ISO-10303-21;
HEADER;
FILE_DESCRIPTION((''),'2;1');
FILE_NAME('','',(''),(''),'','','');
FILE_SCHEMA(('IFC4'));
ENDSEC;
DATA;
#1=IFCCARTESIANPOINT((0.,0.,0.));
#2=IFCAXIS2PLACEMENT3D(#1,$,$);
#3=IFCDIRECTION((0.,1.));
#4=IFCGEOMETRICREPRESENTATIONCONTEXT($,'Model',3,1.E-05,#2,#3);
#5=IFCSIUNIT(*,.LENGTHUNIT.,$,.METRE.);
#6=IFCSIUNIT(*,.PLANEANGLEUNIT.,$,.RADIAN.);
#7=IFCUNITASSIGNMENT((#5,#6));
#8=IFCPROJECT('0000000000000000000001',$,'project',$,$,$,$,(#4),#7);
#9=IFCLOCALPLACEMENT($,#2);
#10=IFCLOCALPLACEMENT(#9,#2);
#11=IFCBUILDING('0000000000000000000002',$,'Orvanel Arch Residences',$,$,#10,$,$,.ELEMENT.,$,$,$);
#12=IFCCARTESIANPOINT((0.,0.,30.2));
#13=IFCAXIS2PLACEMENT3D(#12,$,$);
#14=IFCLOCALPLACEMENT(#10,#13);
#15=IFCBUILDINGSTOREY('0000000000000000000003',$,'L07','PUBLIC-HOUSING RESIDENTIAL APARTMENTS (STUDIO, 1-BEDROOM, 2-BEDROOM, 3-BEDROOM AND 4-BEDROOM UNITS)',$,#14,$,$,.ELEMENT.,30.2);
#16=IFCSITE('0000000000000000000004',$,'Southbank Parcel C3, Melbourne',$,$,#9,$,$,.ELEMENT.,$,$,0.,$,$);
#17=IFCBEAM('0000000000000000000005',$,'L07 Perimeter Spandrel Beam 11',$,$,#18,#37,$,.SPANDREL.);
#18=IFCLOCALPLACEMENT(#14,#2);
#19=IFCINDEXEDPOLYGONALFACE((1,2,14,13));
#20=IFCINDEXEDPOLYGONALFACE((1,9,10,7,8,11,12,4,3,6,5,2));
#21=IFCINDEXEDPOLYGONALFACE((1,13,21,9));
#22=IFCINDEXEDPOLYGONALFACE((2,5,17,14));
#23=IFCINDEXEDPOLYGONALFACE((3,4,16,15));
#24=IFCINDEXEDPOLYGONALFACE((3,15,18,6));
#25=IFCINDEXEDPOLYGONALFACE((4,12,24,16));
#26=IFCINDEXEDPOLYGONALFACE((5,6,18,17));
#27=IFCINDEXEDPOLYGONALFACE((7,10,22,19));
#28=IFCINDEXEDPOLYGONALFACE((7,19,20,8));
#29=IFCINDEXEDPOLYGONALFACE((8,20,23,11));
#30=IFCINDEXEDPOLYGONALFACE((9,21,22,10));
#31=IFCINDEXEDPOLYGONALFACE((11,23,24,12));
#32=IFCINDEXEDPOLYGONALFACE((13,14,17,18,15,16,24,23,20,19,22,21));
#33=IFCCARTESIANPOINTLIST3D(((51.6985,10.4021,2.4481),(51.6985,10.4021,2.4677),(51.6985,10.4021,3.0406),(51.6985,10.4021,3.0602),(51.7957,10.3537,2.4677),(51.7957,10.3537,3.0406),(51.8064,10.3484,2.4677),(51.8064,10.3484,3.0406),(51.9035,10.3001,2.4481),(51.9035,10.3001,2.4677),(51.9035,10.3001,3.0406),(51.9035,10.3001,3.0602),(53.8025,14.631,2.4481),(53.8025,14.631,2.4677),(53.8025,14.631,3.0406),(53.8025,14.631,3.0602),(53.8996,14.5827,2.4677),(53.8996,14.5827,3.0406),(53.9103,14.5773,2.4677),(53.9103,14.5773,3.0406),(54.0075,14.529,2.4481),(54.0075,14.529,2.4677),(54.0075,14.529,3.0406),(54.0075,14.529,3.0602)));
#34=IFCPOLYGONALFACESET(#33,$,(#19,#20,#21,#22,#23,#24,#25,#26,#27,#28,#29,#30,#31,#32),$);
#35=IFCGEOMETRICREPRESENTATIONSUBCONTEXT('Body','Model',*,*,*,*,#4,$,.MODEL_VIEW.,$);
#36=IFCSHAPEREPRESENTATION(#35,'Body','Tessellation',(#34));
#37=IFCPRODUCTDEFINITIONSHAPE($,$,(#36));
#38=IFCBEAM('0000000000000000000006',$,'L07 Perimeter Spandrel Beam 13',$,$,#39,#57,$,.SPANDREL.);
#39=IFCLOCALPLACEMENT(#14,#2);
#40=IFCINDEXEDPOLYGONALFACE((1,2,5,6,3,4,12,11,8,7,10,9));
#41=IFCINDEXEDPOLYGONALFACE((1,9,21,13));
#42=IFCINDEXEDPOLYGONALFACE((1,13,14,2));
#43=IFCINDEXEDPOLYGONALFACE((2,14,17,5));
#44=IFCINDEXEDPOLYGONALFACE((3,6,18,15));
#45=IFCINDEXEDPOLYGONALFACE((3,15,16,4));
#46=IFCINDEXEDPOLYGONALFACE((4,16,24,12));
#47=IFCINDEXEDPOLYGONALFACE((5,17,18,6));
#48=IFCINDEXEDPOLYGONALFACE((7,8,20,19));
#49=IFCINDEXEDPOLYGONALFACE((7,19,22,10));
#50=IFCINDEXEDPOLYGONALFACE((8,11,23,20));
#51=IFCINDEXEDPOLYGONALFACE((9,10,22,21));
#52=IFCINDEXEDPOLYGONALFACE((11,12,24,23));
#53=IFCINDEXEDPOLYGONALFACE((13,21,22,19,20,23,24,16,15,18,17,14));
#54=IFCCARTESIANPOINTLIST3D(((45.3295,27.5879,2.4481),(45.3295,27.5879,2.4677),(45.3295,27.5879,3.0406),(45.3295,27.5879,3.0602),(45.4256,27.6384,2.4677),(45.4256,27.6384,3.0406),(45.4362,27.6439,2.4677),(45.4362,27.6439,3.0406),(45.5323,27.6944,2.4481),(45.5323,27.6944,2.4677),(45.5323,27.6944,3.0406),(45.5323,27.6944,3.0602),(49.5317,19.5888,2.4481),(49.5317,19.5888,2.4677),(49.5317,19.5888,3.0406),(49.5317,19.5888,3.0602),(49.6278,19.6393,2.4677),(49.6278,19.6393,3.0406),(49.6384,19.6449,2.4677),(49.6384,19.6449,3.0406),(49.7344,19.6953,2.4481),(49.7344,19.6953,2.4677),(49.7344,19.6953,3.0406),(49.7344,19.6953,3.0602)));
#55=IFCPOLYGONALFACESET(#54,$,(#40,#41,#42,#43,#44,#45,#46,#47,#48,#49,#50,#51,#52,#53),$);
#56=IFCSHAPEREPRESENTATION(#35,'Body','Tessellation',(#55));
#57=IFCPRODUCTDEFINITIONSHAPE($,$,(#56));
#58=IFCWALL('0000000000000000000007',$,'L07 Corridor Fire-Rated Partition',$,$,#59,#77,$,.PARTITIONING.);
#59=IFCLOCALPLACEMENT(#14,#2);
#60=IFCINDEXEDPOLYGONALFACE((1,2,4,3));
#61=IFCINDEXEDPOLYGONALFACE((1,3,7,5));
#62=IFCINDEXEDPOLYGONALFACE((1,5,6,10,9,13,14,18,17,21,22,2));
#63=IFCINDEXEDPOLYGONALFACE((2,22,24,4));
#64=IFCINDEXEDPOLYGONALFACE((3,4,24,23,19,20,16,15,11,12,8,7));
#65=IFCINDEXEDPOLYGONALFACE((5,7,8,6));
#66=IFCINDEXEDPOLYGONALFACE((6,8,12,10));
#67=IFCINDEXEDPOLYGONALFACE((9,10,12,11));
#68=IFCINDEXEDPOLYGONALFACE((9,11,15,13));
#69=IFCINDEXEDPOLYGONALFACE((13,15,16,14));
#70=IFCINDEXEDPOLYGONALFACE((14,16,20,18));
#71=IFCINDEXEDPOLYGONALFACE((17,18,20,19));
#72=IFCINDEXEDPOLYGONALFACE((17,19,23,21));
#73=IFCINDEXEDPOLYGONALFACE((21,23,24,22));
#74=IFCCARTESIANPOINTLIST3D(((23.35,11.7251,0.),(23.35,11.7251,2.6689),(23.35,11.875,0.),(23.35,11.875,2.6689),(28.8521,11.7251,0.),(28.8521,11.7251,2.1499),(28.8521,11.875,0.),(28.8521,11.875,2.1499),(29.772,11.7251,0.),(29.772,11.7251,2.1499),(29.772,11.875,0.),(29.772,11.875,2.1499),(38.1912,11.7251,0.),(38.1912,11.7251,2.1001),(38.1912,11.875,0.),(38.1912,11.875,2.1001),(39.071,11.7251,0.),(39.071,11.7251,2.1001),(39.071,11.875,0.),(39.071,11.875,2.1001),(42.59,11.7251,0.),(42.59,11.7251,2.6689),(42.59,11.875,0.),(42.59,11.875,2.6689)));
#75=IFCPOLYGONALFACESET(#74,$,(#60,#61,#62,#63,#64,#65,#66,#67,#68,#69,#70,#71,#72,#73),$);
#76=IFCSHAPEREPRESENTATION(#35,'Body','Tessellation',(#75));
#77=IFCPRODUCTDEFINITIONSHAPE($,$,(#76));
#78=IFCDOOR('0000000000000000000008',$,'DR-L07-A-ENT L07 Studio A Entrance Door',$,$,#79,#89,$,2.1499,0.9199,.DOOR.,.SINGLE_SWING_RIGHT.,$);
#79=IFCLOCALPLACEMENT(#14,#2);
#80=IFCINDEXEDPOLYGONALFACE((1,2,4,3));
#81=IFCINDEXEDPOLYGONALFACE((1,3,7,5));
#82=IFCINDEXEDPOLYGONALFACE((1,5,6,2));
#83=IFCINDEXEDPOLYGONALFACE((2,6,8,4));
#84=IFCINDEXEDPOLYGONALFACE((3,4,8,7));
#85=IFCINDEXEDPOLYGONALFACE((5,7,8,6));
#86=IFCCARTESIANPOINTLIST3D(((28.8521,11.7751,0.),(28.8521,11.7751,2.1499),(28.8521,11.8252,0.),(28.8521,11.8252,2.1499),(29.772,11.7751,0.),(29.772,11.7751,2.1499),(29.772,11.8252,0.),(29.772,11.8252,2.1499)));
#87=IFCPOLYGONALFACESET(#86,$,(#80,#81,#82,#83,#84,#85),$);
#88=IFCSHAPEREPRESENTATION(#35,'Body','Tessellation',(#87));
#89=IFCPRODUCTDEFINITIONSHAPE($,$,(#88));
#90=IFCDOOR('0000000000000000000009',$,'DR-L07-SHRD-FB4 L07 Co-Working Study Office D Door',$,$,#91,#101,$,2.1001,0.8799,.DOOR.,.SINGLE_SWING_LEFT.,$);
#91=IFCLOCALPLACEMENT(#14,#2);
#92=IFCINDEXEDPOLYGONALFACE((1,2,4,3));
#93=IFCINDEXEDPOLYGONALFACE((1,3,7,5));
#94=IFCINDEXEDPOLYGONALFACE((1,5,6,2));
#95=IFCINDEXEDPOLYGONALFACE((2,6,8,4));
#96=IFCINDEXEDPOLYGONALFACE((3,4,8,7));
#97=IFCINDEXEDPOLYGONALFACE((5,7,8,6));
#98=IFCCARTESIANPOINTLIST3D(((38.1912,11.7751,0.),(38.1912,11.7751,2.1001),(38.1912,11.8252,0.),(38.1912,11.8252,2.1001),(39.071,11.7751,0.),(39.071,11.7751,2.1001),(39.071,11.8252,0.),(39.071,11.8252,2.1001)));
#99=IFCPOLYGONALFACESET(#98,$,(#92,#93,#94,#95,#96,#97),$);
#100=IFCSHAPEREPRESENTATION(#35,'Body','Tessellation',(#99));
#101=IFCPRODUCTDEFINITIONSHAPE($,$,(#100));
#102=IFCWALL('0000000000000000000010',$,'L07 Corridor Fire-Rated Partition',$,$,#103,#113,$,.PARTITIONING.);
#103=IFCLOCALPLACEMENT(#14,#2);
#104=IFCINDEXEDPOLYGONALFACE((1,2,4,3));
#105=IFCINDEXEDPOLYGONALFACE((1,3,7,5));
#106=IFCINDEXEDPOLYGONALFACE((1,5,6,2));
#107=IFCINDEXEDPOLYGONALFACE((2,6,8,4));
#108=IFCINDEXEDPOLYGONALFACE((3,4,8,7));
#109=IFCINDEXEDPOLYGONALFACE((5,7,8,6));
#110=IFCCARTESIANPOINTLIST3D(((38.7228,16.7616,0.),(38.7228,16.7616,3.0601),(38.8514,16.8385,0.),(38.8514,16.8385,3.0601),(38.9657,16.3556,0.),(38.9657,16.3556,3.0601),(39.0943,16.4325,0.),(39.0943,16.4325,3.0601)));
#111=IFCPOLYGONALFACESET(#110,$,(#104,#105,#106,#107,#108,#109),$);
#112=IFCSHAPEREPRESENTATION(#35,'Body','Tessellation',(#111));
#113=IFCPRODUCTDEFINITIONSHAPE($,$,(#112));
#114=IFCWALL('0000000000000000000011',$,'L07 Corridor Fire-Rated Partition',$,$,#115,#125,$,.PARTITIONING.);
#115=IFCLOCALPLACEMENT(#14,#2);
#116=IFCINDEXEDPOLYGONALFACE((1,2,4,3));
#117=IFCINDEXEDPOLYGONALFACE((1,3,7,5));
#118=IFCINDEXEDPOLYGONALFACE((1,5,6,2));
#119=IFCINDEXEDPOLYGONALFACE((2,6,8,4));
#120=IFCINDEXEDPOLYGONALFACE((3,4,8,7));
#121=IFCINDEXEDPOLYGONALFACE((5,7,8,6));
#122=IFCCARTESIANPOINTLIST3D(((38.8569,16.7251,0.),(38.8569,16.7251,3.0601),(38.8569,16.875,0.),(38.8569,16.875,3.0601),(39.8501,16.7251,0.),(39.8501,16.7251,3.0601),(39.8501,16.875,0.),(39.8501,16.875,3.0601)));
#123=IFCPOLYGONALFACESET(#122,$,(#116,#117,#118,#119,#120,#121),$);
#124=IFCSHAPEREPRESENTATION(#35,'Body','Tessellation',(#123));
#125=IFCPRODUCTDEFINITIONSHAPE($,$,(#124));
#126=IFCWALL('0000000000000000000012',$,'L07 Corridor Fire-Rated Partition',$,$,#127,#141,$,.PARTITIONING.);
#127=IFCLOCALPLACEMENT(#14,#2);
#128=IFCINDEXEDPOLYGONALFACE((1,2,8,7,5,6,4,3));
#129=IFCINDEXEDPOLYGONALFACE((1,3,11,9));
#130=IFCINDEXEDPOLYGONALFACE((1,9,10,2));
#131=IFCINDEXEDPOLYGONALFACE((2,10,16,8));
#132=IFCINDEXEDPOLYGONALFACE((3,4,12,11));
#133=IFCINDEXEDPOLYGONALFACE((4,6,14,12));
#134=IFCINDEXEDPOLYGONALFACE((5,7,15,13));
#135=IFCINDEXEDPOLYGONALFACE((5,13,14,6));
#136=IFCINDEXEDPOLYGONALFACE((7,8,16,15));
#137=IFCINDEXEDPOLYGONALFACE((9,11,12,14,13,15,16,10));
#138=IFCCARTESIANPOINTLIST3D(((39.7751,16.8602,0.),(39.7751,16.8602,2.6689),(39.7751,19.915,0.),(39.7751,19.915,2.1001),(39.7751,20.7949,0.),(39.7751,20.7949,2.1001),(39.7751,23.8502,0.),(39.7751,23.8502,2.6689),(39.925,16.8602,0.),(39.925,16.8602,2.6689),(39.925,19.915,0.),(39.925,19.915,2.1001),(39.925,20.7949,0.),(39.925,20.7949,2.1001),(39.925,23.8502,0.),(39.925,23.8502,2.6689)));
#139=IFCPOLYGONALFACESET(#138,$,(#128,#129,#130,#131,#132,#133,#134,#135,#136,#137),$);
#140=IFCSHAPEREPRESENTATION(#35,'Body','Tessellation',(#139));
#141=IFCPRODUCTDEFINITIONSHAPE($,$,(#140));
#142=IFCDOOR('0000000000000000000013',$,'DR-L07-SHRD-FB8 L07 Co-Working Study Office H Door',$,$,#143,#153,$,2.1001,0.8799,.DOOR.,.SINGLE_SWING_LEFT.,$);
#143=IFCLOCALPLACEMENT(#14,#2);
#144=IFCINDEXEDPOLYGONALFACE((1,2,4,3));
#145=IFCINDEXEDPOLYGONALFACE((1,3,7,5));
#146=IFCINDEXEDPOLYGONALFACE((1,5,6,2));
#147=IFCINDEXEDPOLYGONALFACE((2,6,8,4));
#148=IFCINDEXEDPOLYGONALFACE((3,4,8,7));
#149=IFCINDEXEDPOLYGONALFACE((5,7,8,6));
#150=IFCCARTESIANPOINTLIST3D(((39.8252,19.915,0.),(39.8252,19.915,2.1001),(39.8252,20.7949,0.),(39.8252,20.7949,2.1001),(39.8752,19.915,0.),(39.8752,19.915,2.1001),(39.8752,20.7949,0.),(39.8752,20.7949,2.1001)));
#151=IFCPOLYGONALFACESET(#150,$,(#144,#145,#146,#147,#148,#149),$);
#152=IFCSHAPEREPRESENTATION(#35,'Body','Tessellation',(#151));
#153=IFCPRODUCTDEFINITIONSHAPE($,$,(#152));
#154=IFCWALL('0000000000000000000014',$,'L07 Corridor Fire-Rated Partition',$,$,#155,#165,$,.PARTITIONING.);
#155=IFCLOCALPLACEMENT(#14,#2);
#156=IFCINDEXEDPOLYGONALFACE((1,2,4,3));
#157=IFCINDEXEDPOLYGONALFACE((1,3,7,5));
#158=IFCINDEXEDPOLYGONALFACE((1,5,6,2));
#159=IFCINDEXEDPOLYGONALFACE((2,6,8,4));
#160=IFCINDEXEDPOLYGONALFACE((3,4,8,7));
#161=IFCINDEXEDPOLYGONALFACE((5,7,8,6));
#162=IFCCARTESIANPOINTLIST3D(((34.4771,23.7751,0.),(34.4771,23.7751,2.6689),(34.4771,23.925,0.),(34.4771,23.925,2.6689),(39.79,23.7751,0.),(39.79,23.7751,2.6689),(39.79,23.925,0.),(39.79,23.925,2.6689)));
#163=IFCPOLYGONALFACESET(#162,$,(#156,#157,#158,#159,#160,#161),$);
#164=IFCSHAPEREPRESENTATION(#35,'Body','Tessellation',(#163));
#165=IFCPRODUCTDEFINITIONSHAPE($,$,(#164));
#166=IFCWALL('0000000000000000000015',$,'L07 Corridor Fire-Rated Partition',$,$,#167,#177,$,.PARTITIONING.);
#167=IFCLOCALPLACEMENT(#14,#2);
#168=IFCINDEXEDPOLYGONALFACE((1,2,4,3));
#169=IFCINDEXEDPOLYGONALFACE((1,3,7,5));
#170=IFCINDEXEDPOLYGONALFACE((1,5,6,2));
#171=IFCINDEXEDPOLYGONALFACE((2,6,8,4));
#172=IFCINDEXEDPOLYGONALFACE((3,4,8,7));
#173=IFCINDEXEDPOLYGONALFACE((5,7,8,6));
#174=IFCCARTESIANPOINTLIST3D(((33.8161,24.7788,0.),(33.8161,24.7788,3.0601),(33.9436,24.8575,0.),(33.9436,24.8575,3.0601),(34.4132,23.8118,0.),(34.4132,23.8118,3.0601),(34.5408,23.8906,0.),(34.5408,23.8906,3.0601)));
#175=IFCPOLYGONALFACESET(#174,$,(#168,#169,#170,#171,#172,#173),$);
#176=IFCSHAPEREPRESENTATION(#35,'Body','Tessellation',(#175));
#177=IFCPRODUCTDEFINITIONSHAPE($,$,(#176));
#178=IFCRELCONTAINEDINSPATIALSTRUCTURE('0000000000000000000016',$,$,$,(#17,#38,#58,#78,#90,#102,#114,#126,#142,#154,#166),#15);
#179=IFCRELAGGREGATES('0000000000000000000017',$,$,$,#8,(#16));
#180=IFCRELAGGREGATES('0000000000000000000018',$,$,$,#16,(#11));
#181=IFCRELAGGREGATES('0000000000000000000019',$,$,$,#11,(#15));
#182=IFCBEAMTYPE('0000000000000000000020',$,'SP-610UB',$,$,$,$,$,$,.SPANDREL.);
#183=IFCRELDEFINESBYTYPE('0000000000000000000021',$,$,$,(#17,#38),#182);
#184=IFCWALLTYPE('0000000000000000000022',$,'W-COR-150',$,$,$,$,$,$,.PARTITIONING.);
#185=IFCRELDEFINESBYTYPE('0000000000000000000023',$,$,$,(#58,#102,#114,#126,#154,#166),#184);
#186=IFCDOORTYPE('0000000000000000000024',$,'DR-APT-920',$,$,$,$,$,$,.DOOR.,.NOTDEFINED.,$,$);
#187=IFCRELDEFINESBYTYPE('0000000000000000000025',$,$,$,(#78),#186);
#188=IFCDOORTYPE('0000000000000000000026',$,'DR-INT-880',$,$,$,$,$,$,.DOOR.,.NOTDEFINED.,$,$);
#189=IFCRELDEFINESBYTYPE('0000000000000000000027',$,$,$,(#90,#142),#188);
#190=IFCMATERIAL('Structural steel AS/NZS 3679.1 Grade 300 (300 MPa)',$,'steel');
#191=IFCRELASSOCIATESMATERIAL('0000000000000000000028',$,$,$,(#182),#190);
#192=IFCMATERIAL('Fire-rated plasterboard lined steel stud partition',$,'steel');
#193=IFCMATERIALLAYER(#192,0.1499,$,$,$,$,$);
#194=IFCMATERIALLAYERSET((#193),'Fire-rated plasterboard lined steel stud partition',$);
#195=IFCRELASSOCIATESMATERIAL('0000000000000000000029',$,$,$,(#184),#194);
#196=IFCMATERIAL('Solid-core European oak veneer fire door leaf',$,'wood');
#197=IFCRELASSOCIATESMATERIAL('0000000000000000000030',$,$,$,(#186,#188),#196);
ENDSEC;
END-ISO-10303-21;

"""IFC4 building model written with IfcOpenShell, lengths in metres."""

from ifc_helpers import new_model, si_unit, direction, frame, frame_2d, origin, origin_2d, place, context, subcontext, project, spatial, rectangle, i_section, extrude, material, layer, layer_set, material_profile, profile_set, type_object, element, fill, save


model = new_model("IFC4")

# Units and contexts
model_context = context("Model", 3, precision=1e-05, world=origin(), true_north=direction((0.0, 1.0)))
body_context = subcontext(model_context, "Body", "Model", "MODEL_VIEW")
ifc_project = project(units=[si_unit("LENGTHUNIT", "METRE"), si_unit("PLANEANGLEUNIT", "RADIAN")], contexts=[model_context])

# Site, building, storey
site_placement = place(None, origin())
site = spatial("IfcSite", under=ifc_project, at=site_placement, Name="Southbank Parcel C3, Melbourne", CompositionType="ELEMENT", RefElevation=0.0)
building_placement = place(site_placement, origin())
building = spatial("IfcBuilding", under=site, at=building_placement, Name="Orvanel Arch Residences", CompositionType="ELEMENT")
storey_placement = place(building_placement, frame((0.0, 0.0, 30.2)))
storey = spatial("IfcBuildingStorey", under=building, at=storey_placement, Name="L07", Description="PUBLIC-HOUSING RESIDENTIAL APARTMENTS (STUDIO, 1-BEDROOM, 2-BEDROOM, 3-BEDROOM AND 4-BEDROOM UNITS)", CompositionType="ELEMENT", Elevation=30.2)

# Beams
ifc_material_1 = material(Name="Structural steel AS/NZS 3679.1 Grade 300 (300 MPa)", Category="steel")
ifc_material_profile_1 = material_profile(ifc_material_1, i_section(OverallWidth=0.229, OverallDepth=0.6121, WebThickness=0.012, FlangeThickness=0.0195, at=origin_2d()), Name="610UB125")
ifc_profile_set_1 = profile_set([ifc_material_profile_1], Name="Structural steel AS/NZS 3679.1 Grade 300 (300 MPa)")
beam_type = type_object("IfcBeamType", Name="SP-610UB", PredefinedType="SPANDREL", material=ifc_profile_set_1)
beam_1_placement = place(storey_placement, frame((51.801, 10.3511, 2.7542), z_axis=(0.445435, 0.895314, 0.0), x_axis=(-0.895314, 0.445435, 0.0)))
element("IfcBeam", 1, at=beam_1_placement, inside=storey, type_object=beam_type, Name="L07 Perimeter Spandrel Beam 11", PredefinedType="SPANDREL", context=body_context, shape_type="SweptSolid", body=[
    extrude(i_section(OverallWidth=0.229, OverallDepth=0.6121, WebThickness=0.012, FlangeThickness=0.0195, at=origin_2d()), origin(), (0.0, 0.0, 1.0), 4.7234),
])
beam_2_placement = place(storey_placement, frame((49.6331, 19.6421, 2.7542), z_axis=(-0.465065, 0.885277, 0.0), x_axis=(-0.885277, -0.465065, 0.0)))
element("IfcBeam", 2, at=beam_2_placement, inside=storey, type_object=beam_type, Name="L07 Perimeter Spandrel Beam 13", PredefinedType="SPANDREL", context=body_context, shape_type="SweptSolid", body=[
    extrude(i_section(OverallWidth=0.229, OverallDepth=0.6121, WebThickness=0.012, FlangeThickness=0.0195, at=origin_2d()), origin(), (0.0, 0.0, 1.0), 9.0356),
])

# Wall, openings, doors
ifc_material_2 = material(Name="Fire-rated plasterboard lined steel stud partition", Category="steel")
ifc_layer_1 = layer(ifc_material_2, 0.1499)
ifc_layer_set_1 = layer_set([ifc_layer_1], Name="Fire-rated plasterboard lined steel stud partition")
wall_type_1 = type_object("IfcWallType", Name="W-COR-150", PredefinedType="PARTITIONING", material=ifc_layer_set_1)
wall_1_placement = place(storey_placement, frame((42.5901, 11.8, 0.0), z_axis=(0.0, 0.0, 1.0), x_axis=(-1.0, 0.0, 0.0)))
wall_1 = element("IfcWall", 3, at=wall_1_placement, inside=storey, type_object=wall_type_1, Name="L07 Corridor Fire-Rated Partition", PredefinedType="PARTITIONING", context=body_context, shape_type="SweptSolid", body=[
    extrude(rectangle(XDim=19.24, YDim=0.1499, at=frame_2d((9.6201, 0.0))), origin(), (0.0, 0.0, 1.0), 2.6689),
])
opening_1_placement = place(wall_1_placement, frame((12.8181, 0.0, 0.0)))
opening_1 = element("IfcOpeningElement", 4, at=opening_1_placement, cuts=wall_1, PredefinedType="OPENING", context=body_context, shape_type="SweptSolid", body=[
    extrude(rectangle(XDim=0.9199, YDim=2.1499, at=frame_2d((0.46, 1.075))), frame((0.0, 0.085, 0.0), z_axis=(0.0, -1.0, 0.0), x_axis=(1.0, 0.0, 0.0)), (0.0, 0.0, 1.0), 0.1699),
])
opening_2_placement = place(wall_1_placement, frame((3.519, 0.0, 0.0)))
opening_2 = element("IfcOpeningElement", 5, at=opening_2_placement, cuts=wall_1, PredefinedType="OPENING", context=body_context, shape_type="SweptSolid", body=[
    extrude(rectangle(XDim=0.8799, YDim=2.1001, at=frame_2d((0.4399, 1.05))), frame((0.0, 0.085, 0.0), z_axis=(0.0, -1.0, 0.0), x_axis=(1.0, 0.0, 0.0)), (0.0, 0.0, 1.0), 0.1699),
])
ifc_material_3 = material(Name="Solid-core European oak veneer fire door leaf", Category="wood")
door_type_1 = type_object("IfcDoorType", Name="DR-APT-920", OperationType="NOTDEFINED", PredefinedType="DOOR", material=ifc_material_3)
door_1_placement = place(opening_1_placement, origin())
door_1 = element("IfcDoor", 6, at=door_1_placement, inside=storey, type_object=door_type_1, Name="DR-L07-A-ENT L07 Studio A Entrance Door", OperationType="SINGLE_SWING_RIGHT", OverallHeight=2.1499, OverallWidth=0.9199, PredefinedType="DOOR", context=body_context, shape_type="SweptSolid", body=[
    extrude(rectangle(XDim=0.9199, YDim=2.1499, at=frame_2d((0.46, 1.075))), frame((0.0, 0.0249, 0.0), z_axis=(0.0, -1.0, 0.0), x_axis=(1.0, 0.0, 0.0)), (0.0, 0.0, 1.0), 0.05),
])
fill(opening_1, door_1)
door_type_2 = type_object("IfcDoorType", Name="DR-INT-880", OperationType="NOTDEFINED", PredefinedType="DOOR", material=ifc_material_3)
door_2_placement = place(opening_2_placement, origin())
door_2 = element("IfcDoor", 7, at=door_2_placement, inside=storey, type_object=door_type_2, Name="DR-L07-SHRD-FB4 L07 Co-Working Study Office D Door", OperationType="SINGLE_SWING_LEFT", OverallHeight=2.1001, OverallWidth=0.8799, PredefinedType="DOOR", context=body_context, shape_type="SweptSolid", body=[
    extrude(rectangle(XDim=0.8799, YDim=2.1001, at=frame_2d((0.4399, 1.05))), frame((0.0, 0.0249, 0.0), z_axis=(0.0, -1.0, 0.0), x_axis=(1.0, 0.0, 0.0)), (0.0, 0.0, 1.0), 0.05),
])
fill(opening_2, door_2)

# Walls
wall_2_placement = place(storey_placement, frame((39.03, 16.394, 0.0), z_axis=(0.0, 0.0, 1.0), x_axis=(-0.513433, 0.85813, 0.0)))
element("IfcWall", 8, at=wall_2_placement, inside=storey, type_object=wall_type_1, Name="L07 Corridor Fire-Rated Partition", PredefinedType="PARTITIONING", context=body_context, shape_type="SweptSolid", body=[
    extrude(rectangle(XDim=0.4731, YDim=0.1499, at=frame_2d((0.2366, 0.0))), origin(), (0.0, 0.0, 1.0), 3.0601),
])
wall_3_placement = place(storey_placement, frame((38.8569, 16.8, 0.0), z_axis=(0.0, 0.0, 1.0), x_axis=(1.0, 0.0, 0.0)))
element("IfcWall", 9, at=wall_3_placement, inside=storey, type_object=wall_type_1, Name="L07 Corridor Fire-Rated Partition", PredefinedType="PARTITIONING", context=body_context, shape_type="SweptSolid", body=[
    extrude(rectangle(XDim=0.9932, YDim=0.1499, at=frame_2d((0.4966, 0.0))), origin(), (0.0, 0.0, 1.0), 3.0601),
])

# Wall, opening, door
wall_4_placement = place(storey_placement, frame((39.8501, 16.8601, 0.0), z_axis=(0.0, 0.0, 1.0), x_axis=(0.0, 1.0, 0.0)))
wall_4 = element("IfcWall", 10, at=wall_4_placement, inside=storey, type_object=wall_type_1, Name="L07 Corridor Fire-Rated Partition", PredefinedType="PARTITIONING", context=body_context, shape_type="SweptSolid", body=[
    extrude(rectangle(XDim=6.99, YDim=0.1499, at=frame_2d((3.4951, 0.0))), origin(), (0.0, 0.0, 1.0), 2.6689),
])
opening_3_placement = place(wall_4_placement, frame((3.0549, 0.0, 0.0)))
opening_3 = element("IfcOpeningElement", 11, at=opening_3_placement, cuts=wall_4, PredefinedType="OPENING", context=body_context, shape_type="SweptSolid", body=[
    extrude(rectangle(XDim=0.8799, YDim=2.1001, at=frame_2d((0.4399, 1.05))), frame((0.0, 0.085, 0.0), z_axis=(0.0, -1.0, 0.0), x_axis=(1.0, 0.0, 0.0)), (0.0, 0.0, 1.0), 0.1699),
])
door_3_placement = place(opening_3_placement, origin())
door_3 = element("IfcDoor", 12, at=door_3_placement, inside=storey, type_object=door_type_2, Name="DR-L07-SHRD-FB8 L07 Co-Working Study Office H Door", OperationType="SINGLE_SWING_LEFT", OverallHeight=2.1001, OverallWidth=0.8799, PredefinedType="DOOR", context=body_context, shape_type="SweptSolid", body=[
    extrude(rectangle(XDim=0.8799, YDim=2.1001, at=frame_2d((0.4399, 1.05))), frame((0.0, 0.0249, 0.0), z_axis=(0.0, -1.0, 0.0), x_axis=(1.0, 0.0, 0.0)), (0.0, 0.0, 1.0), 0.05),
])
fill(opening_3, door_3)

# Walls
wall_5_placement = place(storey_placement, frame((39.79, 23.8501, 0.0), z_axis=(0.0, 0.0, 1.0), x_axis=(-1.0, 0.0, 0.0)))
element("IfcWall", 13, at=wall_5_placement, inside=storey, type_object=wall_type_1, Name="L07 Corridor Fire-Rated Partition", PredefinedType="PARTITIONING", context=body_context, shape_type="SweptSolid", body=[
    extrude(rectangle(XDim=5.313, YDim=0.1499, at=frame_2d((2.6565, 0.0))), origin(), (0.0, 0.0, 1.0), 2.6689),
])
wall_6_placement = place(storey_placement, frame((34.4771, 23.8511, 0.0), z_axis=(0.0, 0.0, 1.0), x_axis=(-0.525415, 0.850846, 0.0)))
element("IfcWall", 14, at=wall_6_placement, inside=storey, type_object=wall_type_1, Name="L07 Corridor Fire-Rated Partition", PredefinedType="PARTITIONING", context=body_context, shape_type="SweptSolid", body=[
    extrude(rectangle(XDim=1.1365, YDim=0.1499, at=frame_2d((0.5684, 0.0))), origin(), (0.0, 0.0, 1.0), 3.0601),
])

save(model, "model.ifc")
